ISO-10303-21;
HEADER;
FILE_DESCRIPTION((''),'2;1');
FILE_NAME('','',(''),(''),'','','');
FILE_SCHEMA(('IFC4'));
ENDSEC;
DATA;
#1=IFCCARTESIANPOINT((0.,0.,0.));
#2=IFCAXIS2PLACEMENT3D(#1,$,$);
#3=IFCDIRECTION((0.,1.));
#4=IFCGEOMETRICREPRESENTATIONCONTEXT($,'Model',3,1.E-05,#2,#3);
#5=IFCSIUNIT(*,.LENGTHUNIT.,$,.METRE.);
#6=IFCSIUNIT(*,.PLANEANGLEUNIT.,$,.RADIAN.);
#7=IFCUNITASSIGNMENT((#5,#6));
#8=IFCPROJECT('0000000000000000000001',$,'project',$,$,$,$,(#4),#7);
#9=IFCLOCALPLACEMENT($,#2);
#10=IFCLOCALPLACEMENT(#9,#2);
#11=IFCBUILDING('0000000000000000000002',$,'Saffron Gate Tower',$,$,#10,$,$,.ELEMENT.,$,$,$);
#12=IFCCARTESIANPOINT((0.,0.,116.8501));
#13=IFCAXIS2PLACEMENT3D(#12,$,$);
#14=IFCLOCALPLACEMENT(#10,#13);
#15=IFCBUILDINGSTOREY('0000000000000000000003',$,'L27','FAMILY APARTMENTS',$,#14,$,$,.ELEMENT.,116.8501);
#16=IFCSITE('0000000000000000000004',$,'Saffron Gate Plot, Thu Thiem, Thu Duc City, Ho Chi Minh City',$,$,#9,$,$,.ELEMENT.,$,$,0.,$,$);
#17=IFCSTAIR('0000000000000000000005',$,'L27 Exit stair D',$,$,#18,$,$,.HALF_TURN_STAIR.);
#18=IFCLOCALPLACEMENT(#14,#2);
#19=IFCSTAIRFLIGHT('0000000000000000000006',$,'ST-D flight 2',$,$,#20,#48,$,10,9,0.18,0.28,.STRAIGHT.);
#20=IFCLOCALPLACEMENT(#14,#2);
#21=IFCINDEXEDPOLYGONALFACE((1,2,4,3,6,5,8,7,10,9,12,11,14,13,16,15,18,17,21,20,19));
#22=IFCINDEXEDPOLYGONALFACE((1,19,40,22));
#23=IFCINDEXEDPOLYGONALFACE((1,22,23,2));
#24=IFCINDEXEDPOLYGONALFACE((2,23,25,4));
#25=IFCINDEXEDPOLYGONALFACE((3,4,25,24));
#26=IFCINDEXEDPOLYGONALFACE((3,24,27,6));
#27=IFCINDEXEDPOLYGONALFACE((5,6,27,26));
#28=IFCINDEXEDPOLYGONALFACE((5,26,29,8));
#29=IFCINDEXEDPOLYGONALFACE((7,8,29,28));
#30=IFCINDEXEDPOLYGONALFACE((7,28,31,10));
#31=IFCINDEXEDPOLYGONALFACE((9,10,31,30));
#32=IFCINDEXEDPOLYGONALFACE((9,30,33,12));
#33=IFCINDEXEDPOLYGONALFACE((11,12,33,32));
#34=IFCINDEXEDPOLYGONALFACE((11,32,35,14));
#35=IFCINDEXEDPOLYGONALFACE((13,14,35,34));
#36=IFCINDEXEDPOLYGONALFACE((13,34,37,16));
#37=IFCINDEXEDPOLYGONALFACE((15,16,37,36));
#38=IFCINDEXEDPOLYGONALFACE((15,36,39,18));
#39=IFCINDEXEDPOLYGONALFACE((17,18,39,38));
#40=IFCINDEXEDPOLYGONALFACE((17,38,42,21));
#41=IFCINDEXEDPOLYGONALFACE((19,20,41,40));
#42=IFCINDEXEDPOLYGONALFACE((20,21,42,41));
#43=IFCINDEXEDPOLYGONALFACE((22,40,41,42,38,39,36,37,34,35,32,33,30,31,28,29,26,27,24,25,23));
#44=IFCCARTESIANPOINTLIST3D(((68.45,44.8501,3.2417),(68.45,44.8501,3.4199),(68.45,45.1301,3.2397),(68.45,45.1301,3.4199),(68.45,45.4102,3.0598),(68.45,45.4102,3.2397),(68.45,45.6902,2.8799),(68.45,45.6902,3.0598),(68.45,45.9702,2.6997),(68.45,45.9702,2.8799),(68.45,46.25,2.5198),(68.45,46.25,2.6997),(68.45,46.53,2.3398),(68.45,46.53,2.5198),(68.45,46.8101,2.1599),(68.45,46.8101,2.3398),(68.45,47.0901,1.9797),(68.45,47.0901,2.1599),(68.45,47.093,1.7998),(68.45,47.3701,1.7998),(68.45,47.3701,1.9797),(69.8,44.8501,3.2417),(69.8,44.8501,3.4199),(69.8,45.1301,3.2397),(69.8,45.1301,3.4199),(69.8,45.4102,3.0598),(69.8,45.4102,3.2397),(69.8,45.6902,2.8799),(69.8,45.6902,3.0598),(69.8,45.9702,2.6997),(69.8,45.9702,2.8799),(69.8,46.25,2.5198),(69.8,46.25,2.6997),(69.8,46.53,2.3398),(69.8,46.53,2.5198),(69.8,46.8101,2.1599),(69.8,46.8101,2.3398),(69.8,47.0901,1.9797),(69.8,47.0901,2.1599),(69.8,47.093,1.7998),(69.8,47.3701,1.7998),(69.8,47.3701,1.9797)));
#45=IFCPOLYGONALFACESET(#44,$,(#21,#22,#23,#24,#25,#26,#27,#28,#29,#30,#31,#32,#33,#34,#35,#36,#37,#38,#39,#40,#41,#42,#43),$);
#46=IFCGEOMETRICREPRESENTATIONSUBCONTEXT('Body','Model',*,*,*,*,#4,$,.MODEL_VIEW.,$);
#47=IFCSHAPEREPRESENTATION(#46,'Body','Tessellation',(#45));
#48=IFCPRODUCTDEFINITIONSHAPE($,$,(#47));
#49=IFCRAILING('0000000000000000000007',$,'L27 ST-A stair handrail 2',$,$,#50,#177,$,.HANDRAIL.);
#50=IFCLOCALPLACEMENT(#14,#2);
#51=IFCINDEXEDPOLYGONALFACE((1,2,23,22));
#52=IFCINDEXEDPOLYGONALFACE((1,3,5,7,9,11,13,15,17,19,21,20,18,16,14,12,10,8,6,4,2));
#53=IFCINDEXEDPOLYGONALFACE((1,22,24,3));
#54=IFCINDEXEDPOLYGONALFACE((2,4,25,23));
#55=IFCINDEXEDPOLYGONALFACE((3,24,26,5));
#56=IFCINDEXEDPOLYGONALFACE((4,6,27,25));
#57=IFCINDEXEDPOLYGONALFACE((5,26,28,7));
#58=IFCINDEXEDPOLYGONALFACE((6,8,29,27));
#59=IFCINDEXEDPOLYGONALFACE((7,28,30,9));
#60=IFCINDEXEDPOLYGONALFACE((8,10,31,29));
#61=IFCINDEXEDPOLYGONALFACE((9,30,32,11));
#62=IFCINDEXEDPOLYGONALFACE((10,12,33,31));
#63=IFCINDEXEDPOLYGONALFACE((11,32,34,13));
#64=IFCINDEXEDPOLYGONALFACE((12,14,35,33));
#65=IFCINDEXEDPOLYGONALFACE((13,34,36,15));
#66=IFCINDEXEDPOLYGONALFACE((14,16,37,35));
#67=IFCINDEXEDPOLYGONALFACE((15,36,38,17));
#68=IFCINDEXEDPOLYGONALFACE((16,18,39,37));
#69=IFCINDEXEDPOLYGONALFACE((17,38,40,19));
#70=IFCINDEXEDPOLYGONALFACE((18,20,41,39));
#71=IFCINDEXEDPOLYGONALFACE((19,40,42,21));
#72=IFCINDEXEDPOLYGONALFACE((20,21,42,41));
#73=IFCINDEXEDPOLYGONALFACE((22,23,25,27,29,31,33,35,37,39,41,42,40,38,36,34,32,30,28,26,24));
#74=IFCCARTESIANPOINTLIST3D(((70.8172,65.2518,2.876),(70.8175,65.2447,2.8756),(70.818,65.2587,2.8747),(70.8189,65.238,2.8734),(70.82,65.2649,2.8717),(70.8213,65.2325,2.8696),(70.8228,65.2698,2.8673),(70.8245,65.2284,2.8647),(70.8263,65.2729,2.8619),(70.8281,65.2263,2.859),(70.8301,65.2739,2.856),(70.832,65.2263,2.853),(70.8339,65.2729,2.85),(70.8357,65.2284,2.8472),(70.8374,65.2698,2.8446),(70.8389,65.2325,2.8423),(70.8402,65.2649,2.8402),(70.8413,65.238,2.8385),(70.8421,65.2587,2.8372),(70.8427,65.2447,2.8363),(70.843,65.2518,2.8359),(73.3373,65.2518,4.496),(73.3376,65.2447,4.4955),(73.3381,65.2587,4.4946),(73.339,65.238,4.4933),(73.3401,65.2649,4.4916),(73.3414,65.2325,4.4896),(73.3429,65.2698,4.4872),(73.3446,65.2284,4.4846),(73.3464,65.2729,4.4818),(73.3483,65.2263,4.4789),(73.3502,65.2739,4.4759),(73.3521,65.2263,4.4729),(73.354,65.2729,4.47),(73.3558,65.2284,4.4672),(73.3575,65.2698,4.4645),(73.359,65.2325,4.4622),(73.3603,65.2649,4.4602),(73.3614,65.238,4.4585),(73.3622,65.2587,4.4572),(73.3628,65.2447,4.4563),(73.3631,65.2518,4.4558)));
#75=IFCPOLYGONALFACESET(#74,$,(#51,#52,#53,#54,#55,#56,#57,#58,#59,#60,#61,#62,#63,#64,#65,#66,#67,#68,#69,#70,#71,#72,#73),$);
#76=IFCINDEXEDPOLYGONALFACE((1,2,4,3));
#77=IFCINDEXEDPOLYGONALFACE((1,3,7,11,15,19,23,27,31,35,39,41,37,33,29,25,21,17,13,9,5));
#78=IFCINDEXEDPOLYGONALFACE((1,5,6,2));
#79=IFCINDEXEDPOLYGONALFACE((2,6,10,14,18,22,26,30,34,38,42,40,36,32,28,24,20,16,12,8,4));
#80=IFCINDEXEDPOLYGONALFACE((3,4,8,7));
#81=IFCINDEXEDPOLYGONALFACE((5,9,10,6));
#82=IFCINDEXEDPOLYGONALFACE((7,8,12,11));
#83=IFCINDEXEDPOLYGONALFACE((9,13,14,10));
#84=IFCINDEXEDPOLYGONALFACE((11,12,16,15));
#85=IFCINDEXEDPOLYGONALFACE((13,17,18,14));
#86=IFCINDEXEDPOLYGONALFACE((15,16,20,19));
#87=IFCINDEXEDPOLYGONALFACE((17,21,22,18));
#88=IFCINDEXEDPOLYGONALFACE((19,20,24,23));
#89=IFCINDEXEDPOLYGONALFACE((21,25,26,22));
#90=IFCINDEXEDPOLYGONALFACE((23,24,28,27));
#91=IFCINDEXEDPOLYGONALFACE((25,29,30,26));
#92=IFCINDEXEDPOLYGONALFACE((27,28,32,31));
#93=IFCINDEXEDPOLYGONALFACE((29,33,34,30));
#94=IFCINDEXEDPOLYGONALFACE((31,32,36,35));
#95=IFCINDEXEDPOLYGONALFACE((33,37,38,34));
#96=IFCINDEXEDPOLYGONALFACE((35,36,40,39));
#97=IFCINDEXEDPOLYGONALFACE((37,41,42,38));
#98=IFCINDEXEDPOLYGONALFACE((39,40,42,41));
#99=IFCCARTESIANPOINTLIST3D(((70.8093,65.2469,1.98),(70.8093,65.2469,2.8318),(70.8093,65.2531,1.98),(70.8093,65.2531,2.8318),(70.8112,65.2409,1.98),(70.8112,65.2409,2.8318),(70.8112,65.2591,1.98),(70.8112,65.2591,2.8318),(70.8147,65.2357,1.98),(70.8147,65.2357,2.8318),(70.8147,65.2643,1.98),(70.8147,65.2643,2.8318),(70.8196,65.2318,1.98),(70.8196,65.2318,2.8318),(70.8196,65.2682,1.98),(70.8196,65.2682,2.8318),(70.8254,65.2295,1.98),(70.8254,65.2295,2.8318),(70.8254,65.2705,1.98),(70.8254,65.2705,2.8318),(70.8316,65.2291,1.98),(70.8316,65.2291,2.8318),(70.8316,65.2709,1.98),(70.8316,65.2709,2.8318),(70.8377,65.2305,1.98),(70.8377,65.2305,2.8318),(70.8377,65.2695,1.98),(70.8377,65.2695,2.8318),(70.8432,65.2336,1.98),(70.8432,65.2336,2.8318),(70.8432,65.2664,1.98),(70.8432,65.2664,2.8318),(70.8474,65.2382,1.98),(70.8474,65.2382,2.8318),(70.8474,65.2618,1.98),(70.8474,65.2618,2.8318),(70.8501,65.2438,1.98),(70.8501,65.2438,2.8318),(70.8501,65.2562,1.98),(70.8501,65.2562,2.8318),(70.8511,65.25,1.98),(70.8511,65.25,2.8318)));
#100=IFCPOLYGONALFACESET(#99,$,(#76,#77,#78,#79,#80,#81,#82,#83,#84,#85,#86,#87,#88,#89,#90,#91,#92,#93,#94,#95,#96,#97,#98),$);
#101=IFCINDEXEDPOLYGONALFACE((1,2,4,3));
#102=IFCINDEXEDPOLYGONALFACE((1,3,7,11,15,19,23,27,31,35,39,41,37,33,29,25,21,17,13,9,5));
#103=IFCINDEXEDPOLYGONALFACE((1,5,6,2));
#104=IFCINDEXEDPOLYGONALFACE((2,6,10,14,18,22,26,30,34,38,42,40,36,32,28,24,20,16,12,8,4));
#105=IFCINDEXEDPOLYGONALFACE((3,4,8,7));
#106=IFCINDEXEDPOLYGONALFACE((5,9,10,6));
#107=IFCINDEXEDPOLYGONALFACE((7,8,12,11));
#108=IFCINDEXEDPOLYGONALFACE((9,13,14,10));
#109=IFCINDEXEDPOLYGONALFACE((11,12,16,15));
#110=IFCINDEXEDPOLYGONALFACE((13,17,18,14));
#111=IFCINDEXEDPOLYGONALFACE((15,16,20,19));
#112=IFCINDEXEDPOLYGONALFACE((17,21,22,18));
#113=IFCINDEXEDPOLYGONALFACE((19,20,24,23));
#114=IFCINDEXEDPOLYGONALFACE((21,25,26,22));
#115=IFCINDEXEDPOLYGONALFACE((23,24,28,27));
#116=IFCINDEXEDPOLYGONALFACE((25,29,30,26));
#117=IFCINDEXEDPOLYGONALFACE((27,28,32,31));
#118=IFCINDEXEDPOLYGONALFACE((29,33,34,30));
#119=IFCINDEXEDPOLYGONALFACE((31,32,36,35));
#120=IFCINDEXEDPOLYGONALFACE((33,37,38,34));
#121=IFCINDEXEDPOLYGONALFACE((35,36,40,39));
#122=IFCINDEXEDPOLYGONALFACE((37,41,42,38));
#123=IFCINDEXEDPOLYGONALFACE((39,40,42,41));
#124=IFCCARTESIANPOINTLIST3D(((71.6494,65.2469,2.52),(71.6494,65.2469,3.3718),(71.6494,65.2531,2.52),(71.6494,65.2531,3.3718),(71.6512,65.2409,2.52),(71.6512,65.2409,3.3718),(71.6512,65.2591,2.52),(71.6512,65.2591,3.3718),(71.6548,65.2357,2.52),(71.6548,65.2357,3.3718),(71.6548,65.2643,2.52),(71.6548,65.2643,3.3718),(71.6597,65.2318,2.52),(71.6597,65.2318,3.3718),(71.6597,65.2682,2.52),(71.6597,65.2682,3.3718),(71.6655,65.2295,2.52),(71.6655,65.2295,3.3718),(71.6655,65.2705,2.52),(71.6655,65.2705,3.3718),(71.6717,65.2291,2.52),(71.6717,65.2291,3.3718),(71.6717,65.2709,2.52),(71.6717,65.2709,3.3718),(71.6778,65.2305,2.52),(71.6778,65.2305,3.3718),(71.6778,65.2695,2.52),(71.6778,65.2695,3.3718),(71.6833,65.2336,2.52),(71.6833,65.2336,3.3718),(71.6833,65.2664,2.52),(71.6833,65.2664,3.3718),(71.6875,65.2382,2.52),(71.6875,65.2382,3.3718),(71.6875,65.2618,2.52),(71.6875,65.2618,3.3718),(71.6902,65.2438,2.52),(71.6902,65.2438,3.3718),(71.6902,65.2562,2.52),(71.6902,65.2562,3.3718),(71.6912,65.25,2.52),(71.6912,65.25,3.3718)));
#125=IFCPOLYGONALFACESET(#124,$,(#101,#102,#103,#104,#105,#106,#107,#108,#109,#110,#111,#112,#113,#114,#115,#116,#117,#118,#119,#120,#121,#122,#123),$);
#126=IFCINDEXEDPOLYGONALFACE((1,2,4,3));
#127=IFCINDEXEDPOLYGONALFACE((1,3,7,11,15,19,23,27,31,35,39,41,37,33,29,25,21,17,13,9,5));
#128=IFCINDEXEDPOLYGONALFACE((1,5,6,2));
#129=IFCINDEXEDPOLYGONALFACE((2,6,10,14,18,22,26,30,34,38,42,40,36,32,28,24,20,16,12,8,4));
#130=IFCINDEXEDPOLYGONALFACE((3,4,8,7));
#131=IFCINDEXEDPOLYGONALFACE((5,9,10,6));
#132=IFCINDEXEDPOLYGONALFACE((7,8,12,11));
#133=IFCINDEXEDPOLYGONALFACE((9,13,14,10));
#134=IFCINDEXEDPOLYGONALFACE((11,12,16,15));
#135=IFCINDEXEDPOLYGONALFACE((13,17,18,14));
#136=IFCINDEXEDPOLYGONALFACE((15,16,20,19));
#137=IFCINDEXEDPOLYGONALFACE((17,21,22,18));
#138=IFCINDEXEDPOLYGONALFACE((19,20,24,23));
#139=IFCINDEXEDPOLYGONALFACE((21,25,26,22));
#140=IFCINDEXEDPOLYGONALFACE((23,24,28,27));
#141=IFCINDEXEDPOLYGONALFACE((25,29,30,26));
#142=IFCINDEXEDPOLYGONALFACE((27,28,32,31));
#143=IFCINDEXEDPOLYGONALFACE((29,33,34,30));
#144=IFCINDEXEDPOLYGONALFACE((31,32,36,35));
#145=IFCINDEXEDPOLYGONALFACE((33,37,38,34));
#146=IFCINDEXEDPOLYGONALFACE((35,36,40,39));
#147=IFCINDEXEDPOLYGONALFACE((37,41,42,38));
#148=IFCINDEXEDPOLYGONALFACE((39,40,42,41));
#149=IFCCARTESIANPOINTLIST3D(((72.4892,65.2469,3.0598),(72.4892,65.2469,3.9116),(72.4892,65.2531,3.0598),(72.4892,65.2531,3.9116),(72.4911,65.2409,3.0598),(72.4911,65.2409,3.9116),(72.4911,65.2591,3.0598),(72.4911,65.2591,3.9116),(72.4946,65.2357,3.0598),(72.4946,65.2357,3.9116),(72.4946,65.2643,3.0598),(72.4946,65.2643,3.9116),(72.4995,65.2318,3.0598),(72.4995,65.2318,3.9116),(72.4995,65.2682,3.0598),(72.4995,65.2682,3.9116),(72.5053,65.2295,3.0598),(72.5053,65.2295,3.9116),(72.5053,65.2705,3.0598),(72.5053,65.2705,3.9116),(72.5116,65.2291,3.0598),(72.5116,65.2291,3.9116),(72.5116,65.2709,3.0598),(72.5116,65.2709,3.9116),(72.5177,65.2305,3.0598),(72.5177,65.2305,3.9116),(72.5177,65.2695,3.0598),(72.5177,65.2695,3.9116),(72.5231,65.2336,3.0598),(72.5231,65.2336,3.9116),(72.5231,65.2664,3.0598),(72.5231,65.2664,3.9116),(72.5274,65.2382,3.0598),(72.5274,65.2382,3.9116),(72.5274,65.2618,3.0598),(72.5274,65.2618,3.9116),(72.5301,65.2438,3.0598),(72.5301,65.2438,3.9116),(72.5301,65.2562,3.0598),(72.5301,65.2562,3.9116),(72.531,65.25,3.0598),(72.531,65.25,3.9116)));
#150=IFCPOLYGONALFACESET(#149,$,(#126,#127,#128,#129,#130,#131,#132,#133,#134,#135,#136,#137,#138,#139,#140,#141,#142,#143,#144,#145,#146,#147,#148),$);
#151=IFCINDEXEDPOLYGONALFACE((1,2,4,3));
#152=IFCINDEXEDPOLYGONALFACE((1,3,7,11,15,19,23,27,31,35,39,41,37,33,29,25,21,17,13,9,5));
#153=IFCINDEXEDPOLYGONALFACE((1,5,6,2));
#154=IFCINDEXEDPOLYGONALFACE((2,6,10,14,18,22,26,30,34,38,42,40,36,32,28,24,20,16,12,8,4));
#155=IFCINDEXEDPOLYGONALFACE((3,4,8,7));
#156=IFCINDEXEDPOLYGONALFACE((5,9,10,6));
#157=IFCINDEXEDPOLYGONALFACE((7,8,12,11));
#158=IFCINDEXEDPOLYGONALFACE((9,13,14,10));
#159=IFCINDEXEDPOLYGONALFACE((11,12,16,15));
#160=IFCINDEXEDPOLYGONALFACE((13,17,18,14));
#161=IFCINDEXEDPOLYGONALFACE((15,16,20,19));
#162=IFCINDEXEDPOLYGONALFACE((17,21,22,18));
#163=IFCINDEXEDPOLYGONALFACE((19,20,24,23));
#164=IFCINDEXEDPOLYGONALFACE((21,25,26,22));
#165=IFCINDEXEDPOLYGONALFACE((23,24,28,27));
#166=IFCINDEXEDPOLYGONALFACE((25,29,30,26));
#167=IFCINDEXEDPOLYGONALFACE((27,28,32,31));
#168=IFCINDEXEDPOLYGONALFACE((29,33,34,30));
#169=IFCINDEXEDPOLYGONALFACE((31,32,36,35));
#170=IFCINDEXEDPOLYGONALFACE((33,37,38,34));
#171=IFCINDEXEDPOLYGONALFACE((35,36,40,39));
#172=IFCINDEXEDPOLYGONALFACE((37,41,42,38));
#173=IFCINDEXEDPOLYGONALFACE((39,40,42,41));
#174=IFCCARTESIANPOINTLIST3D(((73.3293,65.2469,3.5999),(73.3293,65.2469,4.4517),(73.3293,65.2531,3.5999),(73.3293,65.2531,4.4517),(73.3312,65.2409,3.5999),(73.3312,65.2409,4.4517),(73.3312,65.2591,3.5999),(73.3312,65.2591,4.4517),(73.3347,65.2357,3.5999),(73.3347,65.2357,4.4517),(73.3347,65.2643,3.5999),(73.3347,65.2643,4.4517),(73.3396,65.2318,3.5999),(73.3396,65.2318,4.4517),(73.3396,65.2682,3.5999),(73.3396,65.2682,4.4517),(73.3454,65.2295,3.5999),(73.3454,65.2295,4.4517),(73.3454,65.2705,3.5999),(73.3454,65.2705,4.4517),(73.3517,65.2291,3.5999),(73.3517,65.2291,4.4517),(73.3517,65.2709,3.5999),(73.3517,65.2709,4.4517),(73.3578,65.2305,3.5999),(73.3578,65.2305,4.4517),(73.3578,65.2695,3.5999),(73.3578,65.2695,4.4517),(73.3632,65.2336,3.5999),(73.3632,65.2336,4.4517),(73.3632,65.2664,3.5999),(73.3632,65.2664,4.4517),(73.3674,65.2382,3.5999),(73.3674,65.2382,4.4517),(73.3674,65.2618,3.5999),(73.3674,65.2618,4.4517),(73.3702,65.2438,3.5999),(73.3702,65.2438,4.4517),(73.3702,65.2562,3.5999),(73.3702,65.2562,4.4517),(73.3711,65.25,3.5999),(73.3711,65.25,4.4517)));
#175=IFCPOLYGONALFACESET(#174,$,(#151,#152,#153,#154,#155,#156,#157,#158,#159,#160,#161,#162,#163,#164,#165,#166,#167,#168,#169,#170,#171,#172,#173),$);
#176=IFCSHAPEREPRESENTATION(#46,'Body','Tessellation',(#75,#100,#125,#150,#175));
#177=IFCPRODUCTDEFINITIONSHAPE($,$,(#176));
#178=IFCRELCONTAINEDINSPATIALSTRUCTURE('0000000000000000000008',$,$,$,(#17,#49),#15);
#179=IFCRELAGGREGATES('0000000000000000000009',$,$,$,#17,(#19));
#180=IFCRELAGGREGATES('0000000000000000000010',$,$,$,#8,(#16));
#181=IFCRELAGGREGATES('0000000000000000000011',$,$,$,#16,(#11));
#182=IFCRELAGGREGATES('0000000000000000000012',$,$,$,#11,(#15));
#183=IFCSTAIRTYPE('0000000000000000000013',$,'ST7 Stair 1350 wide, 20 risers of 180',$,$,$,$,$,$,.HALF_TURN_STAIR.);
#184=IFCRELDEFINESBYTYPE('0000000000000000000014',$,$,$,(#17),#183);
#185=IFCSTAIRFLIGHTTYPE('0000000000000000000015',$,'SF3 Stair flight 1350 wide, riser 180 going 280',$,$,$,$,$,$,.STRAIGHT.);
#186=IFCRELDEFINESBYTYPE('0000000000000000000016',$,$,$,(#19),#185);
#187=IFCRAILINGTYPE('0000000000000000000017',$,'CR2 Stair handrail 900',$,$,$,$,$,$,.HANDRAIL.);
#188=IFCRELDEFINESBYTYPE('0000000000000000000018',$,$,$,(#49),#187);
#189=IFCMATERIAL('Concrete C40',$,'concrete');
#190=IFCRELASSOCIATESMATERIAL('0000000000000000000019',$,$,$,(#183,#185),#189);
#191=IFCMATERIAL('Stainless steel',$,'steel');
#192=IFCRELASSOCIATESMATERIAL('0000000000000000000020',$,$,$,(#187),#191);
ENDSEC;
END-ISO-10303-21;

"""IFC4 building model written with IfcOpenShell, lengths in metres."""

from ifc_helpers import new_model, si_unit, direction, frame, origin, origin_2d, place, context, subcontext, project, spatial, polyline, circle, outline, extrude, material, type_object, element, aggregate, save


model = new_model("IFC4")

# Units and contexts
model_context = context("Model", 3, precision=1e-05, world=origin(), true_north=direction((0.0, 1.0)))
body_context = subcontext(model_context, "Body", "Model", "MODEL_VIEW")
ifc_project = project(units=[si_unit("LENGTHUNIT", "METRE"), si_unit("PLANEANGLEUNIT", "RADIAN")], contexts=[model_context])

# Site, building, storey
site_placement = place(None, origin())
site = spatial("IfcSite", under=ifc_project, at=site_placement, Name="Saffron Gate Plot, Thu Thiem, Thu Duc City, Ho Chi Minh City", CompositionType="ELEMENT", RefElevation=0.0)
building_placement = place(site_placement, origin())
building = spatial("IfcBuilding", under=site, at=building_placement, Name="Saffron Gate Tower", CompositionType="ELEMENT")
storey_placement = place(building_placement, frame((0.0, 0.0, 116.8501)))
storey = spatial("IfcBuildingStorey", under=building, at=storey_placement, Name="L27", Description="FAMILY APARTMENTS", CompositionType="ELEMENT", Elevation=116.8501)

# Stair, stair flight
ifc_material_1 = material(Name="Concrete C40", Category="concrete")
stair_type = type_object("IfcStairType", Name="ST7 Stair 1350 wide, 20 risers of 180", PredefinedType="HALF_TURN_STAIR", material=ifc_material_1)
stair_placement = place(storey_placement, origin())
stair = element("IfcStair", 1, at=stair_placement, inside=storey, type_object=stair_type, Name="L27 Exit stair D", PredefinedType="HALF_TURN_STAIR")
stair_flight_type = type_object("IfcStairFlightType", Name="SF3 Stair flight 1350 wide, riser 180 going 280", PredefinedType="STRAIGHT", material=ifc_material_1)
stair_flight_placement = place(storey_placement, frame((69.125, 47.3701, 1.7998), z_axis=(0.0, 0.0, 1.0), x_axis=(0.0, -1.0, 0.0)))
stair_flight = element("IfcStairFlight", 2, at=stair_flight_placement, type_object=stair_flight_type, Name="ST-D flight 2", NumberOfRisers=10, NumberOfTreads=9, PredefinedType="STRAIGHT", RiserHeight=0.18, TreadLength=0.28, context=body_context, shape_type="SweptSolid", body=[
    extrude(outline(polyline([(0.0, 0.0), (0.0, 0.1799), (0.28, 0.1799), (0.28, 0.3601), (0.5601, 0.3601), (0.5601, 0.54), (0.8401, 0.54), (0.8401, 0.72), (1.1201, 0.72), (1.1201, 0.8999), (1.3999, 0.8999), (1.3999, 1.0801), (1.6799, 1.0801), (1.6799, 1.26), (1.96, 1.26), (1.96, 1.4399), (2.24, 1.4399), (2.24, 1.6201), (2.52, 1.6201), (2.52, 1.8), (2.52, 1.4419), (0.2771, 0.0), (0.0, 0.0)])), frame((0.0, 0.675, 0.0), z_axis=(0.0, -1.0, 0.0), x_axis=(1.0, 0.0, 0.0)), (0.0, 0.0, 1.0), 1.3501),
])
aggregate(stair, [stair_flight])

# Railing
ifc_material_2 = material(Name="Stainless steel", Category="steel")
railing_type_1 = type_object("IfcRailingType", Name="CR2 Stair handrail 900", PredefinedType="HANDRAIL", material=ifc_material_2)
railing_1_placement = place(storey_placement, frame((70.8301, 65.25, 1.98)))
element("IfcRailing", 3, at=railing_1_placement, inside=storey, type_object=railing_type_1, Name="L27 ST-A stair handrail 2", PredefinedType="HANDRAIL", context=body_context, shape_type="SweptSolid", body=[
    extrude(circle(Radius=0.0239, at=origin_2d()), frame((0.0, 0.0, 0.876), z_axis=(0.8412, 0.0, 0.540725), x_axis=(0.0, 1.0, 0.0)), (0.0, 0.0, 1.0), 2.9958),
    extrude(circle(Radius=0.021, at=origin_2d()), origin(), (0.0, 0.0, 1.0), 0.8518),
    extrude(circle(Radius=0.021, at=origin_2d()), frame((0.8401, 0.0, 0.54)), (0.0, 0.0, 1.0), 0.8518),
    extrude(circle(Radius=0.021, at=origin_2d()), frame((1.6799, 0.0, 1.0798)), (0.0, 0.0, 1.0), 0.8518),
    extrude(circle(Radius=0.021, at=origin_2d()), frame((2.52, 0.0, 1.6199)), (0.0, 0.0, 1.0), 0.8518),
])

save(model, "model.ifc")
